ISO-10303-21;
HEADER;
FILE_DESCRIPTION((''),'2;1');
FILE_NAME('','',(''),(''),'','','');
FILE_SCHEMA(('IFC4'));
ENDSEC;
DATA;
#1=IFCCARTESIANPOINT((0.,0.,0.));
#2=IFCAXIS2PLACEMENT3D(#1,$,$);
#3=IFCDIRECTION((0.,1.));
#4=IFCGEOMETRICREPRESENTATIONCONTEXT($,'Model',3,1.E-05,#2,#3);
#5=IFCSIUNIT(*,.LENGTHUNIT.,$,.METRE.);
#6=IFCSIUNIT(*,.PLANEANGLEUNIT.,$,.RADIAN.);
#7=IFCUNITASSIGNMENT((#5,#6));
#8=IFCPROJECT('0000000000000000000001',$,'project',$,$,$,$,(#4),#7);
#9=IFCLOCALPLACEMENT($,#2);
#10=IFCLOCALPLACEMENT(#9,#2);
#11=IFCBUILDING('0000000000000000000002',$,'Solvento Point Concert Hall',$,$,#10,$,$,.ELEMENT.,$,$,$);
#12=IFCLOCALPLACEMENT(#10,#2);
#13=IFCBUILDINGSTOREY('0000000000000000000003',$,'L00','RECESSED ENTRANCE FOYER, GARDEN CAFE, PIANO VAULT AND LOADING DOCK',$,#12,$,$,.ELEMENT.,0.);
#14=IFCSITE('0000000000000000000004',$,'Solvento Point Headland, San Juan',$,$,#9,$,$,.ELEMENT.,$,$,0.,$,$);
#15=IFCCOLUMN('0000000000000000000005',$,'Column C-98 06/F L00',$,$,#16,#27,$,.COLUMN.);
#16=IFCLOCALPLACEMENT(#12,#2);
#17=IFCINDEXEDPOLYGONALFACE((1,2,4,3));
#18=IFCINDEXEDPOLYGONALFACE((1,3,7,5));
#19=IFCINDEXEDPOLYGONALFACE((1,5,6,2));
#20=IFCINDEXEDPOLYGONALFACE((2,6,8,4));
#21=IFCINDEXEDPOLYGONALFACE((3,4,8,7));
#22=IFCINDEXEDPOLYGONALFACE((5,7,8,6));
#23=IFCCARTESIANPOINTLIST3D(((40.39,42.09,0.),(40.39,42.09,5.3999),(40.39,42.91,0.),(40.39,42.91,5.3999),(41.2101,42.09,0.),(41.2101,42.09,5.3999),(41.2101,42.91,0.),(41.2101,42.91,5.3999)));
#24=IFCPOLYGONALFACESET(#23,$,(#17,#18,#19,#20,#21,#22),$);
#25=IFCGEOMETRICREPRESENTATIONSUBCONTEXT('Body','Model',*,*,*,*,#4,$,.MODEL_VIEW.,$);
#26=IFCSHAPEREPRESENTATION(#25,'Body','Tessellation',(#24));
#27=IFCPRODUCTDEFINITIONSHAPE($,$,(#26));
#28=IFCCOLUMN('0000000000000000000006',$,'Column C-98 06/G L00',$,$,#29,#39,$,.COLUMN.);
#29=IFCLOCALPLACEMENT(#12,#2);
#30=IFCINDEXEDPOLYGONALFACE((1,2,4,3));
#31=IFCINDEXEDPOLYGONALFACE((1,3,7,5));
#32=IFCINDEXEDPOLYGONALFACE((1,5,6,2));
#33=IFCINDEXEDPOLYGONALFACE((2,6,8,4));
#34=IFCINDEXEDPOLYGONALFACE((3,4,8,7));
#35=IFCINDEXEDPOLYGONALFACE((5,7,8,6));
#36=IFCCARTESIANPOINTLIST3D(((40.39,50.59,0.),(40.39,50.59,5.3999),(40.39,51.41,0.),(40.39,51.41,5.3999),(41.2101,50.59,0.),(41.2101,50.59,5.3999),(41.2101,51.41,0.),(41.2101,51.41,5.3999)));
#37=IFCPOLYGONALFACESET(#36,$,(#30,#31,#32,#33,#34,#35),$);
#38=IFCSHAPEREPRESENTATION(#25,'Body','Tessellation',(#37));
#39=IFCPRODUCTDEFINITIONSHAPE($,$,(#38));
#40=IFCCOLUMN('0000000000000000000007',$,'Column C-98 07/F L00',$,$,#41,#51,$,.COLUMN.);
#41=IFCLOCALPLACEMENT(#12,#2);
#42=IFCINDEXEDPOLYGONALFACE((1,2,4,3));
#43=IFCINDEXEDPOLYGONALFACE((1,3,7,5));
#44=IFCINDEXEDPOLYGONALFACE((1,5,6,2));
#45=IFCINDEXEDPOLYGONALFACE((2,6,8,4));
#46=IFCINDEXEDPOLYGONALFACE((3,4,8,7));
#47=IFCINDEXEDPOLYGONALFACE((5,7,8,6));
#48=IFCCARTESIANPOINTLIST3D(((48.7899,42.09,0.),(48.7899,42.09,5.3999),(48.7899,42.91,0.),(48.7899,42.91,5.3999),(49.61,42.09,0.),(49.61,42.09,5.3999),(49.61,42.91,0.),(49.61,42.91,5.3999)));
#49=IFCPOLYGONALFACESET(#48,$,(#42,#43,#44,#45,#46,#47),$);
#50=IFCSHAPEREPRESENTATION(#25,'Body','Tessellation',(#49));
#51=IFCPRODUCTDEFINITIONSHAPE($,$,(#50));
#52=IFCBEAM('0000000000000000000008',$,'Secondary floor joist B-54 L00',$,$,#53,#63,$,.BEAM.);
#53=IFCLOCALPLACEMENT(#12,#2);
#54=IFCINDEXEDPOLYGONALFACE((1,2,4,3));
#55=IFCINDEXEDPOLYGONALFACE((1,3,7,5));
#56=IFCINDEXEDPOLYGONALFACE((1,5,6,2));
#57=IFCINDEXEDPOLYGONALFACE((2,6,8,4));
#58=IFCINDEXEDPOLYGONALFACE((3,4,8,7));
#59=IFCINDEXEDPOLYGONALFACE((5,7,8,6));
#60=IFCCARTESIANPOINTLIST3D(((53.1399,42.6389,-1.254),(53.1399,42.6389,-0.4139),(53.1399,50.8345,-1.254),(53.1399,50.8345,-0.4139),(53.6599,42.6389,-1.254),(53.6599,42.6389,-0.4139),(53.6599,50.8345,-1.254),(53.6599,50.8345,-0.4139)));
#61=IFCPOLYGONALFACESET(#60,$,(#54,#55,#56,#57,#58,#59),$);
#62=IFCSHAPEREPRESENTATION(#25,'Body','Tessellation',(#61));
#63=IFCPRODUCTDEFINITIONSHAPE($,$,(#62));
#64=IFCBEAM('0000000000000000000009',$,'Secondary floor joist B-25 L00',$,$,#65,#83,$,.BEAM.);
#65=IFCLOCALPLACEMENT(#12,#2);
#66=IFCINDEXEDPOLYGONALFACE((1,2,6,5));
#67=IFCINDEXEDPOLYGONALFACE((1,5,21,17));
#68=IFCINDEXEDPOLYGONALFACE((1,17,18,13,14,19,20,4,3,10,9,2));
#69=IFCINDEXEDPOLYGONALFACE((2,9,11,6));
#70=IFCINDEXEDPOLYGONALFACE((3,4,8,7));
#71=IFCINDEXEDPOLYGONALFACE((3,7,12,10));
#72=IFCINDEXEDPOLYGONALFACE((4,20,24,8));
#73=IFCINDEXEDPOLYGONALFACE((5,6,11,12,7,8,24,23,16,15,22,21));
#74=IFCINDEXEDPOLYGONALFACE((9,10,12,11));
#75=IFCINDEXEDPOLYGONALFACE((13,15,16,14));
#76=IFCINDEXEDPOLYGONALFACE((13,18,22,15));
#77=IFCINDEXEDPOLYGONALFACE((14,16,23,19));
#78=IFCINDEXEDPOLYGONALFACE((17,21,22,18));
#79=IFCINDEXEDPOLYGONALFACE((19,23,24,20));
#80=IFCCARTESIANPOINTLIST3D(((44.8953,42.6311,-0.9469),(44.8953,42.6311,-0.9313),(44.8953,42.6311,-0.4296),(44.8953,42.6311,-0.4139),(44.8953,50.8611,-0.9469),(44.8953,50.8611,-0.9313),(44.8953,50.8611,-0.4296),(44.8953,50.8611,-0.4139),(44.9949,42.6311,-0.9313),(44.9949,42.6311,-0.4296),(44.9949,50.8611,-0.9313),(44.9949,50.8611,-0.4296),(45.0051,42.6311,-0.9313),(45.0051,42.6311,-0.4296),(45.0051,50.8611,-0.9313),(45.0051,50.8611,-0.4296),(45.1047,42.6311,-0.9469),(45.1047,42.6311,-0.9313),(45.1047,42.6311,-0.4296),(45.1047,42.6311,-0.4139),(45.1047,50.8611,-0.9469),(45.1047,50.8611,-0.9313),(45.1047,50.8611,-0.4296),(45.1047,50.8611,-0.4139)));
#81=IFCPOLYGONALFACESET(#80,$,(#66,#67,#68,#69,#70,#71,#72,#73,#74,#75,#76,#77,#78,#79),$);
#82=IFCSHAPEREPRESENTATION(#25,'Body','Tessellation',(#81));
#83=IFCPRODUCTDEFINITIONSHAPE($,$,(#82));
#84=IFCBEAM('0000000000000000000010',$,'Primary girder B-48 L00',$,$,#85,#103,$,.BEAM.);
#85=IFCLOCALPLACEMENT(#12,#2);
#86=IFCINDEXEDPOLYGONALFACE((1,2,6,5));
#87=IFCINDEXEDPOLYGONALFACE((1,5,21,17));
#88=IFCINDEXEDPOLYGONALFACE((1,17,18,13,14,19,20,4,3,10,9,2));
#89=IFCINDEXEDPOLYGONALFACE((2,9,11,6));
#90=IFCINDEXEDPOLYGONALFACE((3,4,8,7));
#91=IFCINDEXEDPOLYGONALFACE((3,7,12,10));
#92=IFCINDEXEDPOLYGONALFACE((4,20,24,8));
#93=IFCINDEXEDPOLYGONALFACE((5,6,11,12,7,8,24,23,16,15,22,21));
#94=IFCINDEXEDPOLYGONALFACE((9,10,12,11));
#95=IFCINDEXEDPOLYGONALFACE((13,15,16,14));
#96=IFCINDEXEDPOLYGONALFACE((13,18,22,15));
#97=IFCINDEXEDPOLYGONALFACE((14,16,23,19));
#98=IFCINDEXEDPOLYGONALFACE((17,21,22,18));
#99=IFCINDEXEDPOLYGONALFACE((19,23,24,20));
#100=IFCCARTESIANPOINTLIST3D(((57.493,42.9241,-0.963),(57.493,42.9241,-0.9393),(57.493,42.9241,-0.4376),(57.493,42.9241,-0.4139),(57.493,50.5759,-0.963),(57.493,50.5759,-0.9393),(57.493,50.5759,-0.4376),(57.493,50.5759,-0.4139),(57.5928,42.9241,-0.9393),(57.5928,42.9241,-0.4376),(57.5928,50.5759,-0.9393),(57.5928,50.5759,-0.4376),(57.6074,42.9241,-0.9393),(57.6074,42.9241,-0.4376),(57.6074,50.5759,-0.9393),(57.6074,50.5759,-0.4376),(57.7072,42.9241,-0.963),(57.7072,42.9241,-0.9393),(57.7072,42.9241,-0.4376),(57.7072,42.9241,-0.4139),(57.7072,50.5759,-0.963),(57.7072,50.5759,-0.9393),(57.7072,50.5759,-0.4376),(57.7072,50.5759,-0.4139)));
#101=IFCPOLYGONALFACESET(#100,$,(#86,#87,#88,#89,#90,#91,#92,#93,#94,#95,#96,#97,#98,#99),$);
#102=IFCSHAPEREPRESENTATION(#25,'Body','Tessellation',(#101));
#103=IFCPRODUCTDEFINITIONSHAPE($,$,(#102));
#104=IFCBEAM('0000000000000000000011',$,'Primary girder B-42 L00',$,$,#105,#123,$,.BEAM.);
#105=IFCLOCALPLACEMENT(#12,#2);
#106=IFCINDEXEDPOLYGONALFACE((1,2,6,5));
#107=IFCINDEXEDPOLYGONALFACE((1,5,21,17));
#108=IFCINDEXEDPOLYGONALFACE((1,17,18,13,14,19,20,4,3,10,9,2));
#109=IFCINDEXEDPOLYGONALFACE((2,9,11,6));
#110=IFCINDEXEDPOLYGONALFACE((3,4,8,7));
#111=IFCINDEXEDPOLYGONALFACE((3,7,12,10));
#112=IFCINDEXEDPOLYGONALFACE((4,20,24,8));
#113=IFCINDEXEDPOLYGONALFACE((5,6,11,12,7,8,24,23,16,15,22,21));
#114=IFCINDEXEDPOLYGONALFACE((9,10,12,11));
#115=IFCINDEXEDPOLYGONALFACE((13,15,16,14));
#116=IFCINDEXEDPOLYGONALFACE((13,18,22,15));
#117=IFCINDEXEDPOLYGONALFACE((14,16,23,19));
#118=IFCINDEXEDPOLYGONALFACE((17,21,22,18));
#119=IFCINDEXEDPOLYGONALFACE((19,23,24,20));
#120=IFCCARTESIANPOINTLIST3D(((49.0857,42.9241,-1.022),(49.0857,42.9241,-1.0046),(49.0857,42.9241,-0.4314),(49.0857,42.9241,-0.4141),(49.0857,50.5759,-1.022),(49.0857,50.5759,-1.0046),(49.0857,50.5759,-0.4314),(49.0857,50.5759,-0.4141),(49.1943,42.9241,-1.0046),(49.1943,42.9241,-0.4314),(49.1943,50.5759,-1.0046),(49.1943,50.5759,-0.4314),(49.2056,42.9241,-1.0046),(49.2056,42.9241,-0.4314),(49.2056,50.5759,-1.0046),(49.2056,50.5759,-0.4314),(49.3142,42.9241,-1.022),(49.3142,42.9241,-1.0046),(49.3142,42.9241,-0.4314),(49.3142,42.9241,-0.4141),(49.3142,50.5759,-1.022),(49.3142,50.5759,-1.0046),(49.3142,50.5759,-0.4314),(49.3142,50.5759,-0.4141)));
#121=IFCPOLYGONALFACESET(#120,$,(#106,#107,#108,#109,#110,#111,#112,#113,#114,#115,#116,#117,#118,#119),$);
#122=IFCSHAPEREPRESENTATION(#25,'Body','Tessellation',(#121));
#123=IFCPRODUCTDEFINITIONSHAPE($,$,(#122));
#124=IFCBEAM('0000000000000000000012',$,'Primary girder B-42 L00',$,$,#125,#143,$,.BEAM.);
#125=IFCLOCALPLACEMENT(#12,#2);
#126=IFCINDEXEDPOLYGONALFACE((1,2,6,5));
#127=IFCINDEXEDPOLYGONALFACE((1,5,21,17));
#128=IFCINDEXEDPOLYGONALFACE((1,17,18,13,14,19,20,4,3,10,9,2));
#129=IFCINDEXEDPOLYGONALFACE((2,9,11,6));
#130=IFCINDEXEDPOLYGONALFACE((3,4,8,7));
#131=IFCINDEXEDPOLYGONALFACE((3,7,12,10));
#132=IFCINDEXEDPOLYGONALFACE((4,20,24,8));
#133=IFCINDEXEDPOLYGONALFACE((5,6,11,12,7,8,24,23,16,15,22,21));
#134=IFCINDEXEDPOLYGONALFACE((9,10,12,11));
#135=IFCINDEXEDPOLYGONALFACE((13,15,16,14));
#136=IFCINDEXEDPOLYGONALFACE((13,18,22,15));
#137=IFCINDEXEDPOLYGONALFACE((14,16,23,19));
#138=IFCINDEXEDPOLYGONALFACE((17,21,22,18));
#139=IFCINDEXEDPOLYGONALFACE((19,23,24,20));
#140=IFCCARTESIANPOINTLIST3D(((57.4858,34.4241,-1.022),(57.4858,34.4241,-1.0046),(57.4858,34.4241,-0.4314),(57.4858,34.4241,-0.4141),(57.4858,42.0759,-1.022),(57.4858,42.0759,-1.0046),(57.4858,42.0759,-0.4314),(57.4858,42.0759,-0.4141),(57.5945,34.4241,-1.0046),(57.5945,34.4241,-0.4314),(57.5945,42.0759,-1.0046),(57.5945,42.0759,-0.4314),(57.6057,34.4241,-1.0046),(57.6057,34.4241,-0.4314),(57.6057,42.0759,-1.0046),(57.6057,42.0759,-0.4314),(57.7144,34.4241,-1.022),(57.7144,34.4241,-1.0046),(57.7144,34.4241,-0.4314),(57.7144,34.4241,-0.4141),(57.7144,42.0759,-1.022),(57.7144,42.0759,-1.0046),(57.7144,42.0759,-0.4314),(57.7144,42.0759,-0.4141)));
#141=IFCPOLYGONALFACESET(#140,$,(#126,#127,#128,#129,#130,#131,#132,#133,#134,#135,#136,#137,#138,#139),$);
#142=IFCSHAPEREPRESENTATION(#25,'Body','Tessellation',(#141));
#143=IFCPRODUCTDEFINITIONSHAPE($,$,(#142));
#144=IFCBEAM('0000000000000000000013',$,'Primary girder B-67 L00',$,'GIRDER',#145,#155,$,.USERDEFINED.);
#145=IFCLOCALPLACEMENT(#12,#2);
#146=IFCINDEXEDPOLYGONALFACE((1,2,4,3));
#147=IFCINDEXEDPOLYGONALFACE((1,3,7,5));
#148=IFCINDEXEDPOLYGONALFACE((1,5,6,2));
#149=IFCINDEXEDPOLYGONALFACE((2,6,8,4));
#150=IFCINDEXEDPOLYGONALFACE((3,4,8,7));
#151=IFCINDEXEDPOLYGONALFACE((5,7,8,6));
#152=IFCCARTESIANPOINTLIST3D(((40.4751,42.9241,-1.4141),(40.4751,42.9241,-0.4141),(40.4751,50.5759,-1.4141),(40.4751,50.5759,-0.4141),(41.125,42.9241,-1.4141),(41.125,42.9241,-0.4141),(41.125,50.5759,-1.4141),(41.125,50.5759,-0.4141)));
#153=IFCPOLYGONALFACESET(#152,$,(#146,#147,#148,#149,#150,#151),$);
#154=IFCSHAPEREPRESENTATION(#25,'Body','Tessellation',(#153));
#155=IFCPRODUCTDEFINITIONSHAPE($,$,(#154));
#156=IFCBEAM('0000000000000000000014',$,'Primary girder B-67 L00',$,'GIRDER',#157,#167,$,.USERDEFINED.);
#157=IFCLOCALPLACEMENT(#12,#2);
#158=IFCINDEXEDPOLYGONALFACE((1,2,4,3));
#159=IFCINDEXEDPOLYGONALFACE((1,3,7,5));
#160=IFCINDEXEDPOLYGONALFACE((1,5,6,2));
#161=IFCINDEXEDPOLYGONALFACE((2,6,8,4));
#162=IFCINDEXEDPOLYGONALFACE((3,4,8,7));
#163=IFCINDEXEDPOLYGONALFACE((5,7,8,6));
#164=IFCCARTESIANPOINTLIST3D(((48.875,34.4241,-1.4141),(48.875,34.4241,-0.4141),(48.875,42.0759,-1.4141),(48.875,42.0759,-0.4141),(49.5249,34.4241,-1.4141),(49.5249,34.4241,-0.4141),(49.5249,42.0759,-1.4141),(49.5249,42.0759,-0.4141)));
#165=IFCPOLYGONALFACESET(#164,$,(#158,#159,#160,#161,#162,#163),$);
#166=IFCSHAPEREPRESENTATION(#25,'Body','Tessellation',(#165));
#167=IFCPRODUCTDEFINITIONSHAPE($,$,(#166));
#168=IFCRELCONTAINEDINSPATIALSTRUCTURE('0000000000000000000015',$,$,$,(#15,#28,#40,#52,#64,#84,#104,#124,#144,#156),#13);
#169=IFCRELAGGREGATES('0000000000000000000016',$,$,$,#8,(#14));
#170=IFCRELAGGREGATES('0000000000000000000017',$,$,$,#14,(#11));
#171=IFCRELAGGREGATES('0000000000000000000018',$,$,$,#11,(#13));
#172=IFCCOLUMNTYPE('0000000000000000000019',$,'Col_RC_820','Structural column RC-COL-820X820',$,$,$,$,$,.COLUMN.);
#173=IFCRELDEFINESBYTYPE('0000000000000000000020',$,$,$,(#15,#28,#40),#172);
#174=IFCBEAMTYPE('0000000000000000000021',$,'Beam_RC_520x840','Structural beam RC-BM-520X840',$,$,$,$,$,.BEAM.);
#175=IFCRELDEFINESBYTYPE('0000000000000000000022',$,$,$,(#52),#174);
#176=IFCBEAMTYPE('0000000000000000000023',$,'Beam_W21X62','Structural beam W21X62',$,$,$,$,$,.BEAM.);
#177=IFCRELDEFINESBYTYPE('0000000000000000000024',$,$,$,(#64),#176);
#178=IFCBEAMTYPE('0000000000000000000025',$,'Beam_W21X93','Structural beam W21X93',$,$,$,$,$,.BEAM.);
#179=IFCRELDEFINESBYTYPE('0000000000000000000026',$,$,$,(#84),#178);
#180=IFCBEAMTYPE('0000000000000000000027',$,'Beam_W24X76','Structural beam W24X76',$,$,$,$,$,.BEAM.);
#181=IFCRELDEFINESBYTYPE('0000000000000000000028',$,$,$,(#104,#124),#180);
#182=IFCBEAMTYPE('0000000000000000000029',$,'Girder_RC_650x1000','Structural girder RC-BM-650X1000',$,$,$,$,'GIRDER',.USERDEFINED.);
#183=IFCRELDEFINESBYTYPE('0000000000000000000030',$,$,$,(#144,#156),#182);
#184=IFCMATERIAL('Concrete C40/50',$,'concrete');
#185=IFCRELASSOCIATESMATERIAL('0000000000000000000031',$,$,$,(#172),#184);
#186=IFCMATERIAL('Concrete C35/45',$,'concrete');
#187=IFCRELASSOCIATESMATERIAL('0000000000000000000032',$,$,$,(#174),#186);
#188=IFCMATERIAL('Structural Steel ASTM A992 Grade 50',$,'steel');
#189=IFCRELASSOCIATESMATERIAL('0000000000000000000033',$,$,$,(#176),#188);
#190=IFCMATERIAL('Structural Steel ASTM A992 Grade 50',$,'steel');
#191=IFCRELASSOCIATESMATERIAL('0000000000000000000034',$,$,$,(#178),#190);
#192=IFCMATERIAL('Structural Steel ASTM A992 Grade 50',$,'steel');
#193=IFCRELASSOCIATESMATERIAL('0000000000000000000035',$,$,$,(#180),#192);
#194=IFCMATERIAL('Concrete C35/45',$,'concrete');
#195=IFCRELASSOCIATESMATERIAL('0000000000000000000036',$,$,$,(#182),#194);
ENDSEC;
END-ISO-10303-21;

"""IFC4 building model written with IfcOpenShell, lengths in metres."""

from ifc_helpers import new_model, si_unit, direction, frame, origin, origin_2d, place, context, subcontext, project, spatial, rectangle, i_section, extrude, material, material_profile, profile_set, type_object, element, save


model = new_model("IFC4")

# Units and contexts
model_context = context("Model", 3, precision=1e-05, world=origin(), true_north=direction((0.0, 1.0)))
body_context = subcontext(model_context, "Body", "Model", "MODEL_VIEW")
ifc_project = project(units=[si_unit("LENGTHUNIT", "METRE"), si_unit("PLANEANGLEUNIT", "RADIAN")], contexts=[model_context])

# Site, building, storey
site_placement = place(None, origin())
site = spatial("IfcSite", under=ifc_project, at=site_placement, Name="Solvento Point Headland, San Juan", CompositionType="ELEMENT", RefElevation=0.0)
building_placement = place(site_placement, origin())
building = spatial("IfcBuilding", under=site, at=building_placement, Name="Solvento Point Concert Hall", CompositionType="ELEMENT")
storey_placement = place(building_placement, origin())
storey = spatial("IfcBuildingStorey", under=building, at=storey_placement, Name="L00", Description="RECESSED ENTRANCE FOYER, GARDEN CAFE, PIANO VAULT AND LOADING DOCK", CompositionType="ELEMENT", Elevation=0.0)

# Columns
ifc_material_1 = material(Name="Concrete C40/50", Category="concrete")
ifc_material_profile_1 = material_profile(ifc_material_1, rectangle(XDim=0.8201, YDim=0.8201, at=origin_2d()), Name="RC-COL-820X820")
ifc_profile_set_1 = profile_set([ifc_material_profile_1], Name="Concrete C40/50")
column_type = type_object("IfcColumnType", Name="Col_RC_820", Description="Structural column RC-COL-820X820", PredefinedType="COLUMN", material=ifc_profile_set_1)
for number, where, z_axis, x_axis, name in (
    (1, (40.8, 42.5, 0.0), (0.0, 0.0, 1.0), (1.0, 0.0, 0.0), "Column C-98 06/F L00"),
    (2, (40.8, 51.0, 0.0), (0.0, 0.0, 1.0), (1.0, 0.0, 0.0), "Column C-98 06/G L00"),
    (3, (49.2, 42.5, 0.0), (0.0, 0.0, 1.0), (1.0, 0.0, 0.0), "Column C-98 07/F L00"),
):
    element("IfcColumn", number, at=place(storey_placement, frame(where, z_axis=z_axis, x_axis=x_axis)), inside=storey, type_object=column_type, Name=name, PredefinedType="COLUMN", context=body_context, shape_type="SweptSolid", body=[
        extrude(rectangle(XDim=0.8201, YDim=0.8201, at=origin_2d()), origin(), (0.0, 0.0, 1.0), 5.3999),
    ])

# Beams
ifc_material_2 = material(Name="Concrete C35/45", Category="concrete")
ifc_material_profile_2 = material_profile(ifc_material_2, rectangle(XDim=0.52, YDim=0.8401, at=origin_2d()), Name="RC-BM-520X840")
ifc_profile_set_2 = profile_set([ifc_material_profile_2], Name="Concrete C35/45")
beam_type_1 = type_object("IfcBeamType", Name="Beam_RC_520x840", Description="Structural beam RC-BM-520X840", PredefinedType="BEAM", material=ifc_profile_set_2)
beam_1_placement = place(storey_placement, frame((53.3999, 42.6389, -0.834), z_axis=(0.0, 1.0, 0.0), x_axis=(-1.0, 0.0, 0.0)))
element("IfcBeam", 4, at=beam_1_placement, inside=storey, type_object=beam_type_1, Name="Secondary floor joist B-54 L00", PredefinedType="BEAM", context=body_context, shape_type="SweptSolid", body=[
    extrude(rectangle(XDim=0.52, YDim=0.8401, at=origin_2d()), origin(), (0.0, 0.0, 1.0), 8.1956),
])
ifc_material_3 = material(Name="Structural Steel ASTM A992 Grade 50", Category="steel")
ifc_material_profile_3 = material_profile(ifc_material_3, i_section(OverallWidth=0.2095, OverallDepth=0.533, WebThickness=0.0103, FlangeThickness=0.0156, at=origin_2d()), Name="W21X62")
ifc_profile_set_3 = profile_set([ifc_material_profile_3], Name="Structural Steel ASTM A992 Grade 50")
beam_type_2 = type_object("IfcBeamType", Name="Beam_W21X62", Description="Structural beam W21X62", PredefinedType="BEAM", material=ifc_profile_set_3)
beam_2_placement = place(storey_placement, frame((45.0, 42.6311, -0.6804), z_axis=(0.0, 1.0, 0.0), x_axis=(-1.0, 0.0, 0.0)))
element("IfcBeam", 5, at=beam_2_placement, inside=storey, type_object=beam_type_2, Name="Secondary floor joist B-25 L00", PredefinedType="BEAM", context=body_context, shape_type="SweptSolid", body=[
    extrude(i_section(OverallWidth=0.2095, OverallDepth=0.533, WebThickness=0.0103, FlangeThickness=0.0156, at=origin_2d()), origin(), (0.0, 0.0, 1.0), 8.23),
])
ifc_material_4 = material(Name="Structural Steel ASTM A992 Grade 50", Category="steel")
ifc_material_profile_4 = material_profile(ifc_material_4, i_section(OverallWidth=0.2141, OverallDepth=0.5491, WebThickness=0.0146, FlangeThickness=0.0237, at=origin_2d()), Name="W21X93")
ifc_profile_set_4 = profile_set([ifc_material_profile_4], Name="Structural Steel ASTM A992 Grade 50")
beam_type_3 = type_object("IfcBeamType", Name="Beam_W21X93", Description="Structural beam W21X93", PredefinedType="BEAM", material=ifc_profile_set_4)
beam_3_placement = place(storey_placement, frame((57.6001, 42.9241, -0.6885), z_axis=(0.0, 1.0, 0.0), x_axis=(-1.0, 0.0, 0.0)))
element("IfcBeam", 6, at=beam_3_placement, inside=storey, type_object=beam_type_3, Name="Primary girder B-48 L00", PredefinedType="BEAM", context=body_context, shape_type="SweptSolid", body=[
    extrude(i_section(OverallWidth=0.2141, OverallDepth=0.5491, WebThickness=0.0146, FlangeThickness=0.0237, at=origin_2d()), origin(), (0.0, 0.0, 1.0), 7.6519),
])
ifc_material_5 = material(Name="Structural Steel ASTM A992 Grade 50", Category="steel")
ifc_material_profile_5 = material_profile(ifc_material_5, i_section(OverallWidth=0.2285, OverallDepth=0.6079, WebThickness=0.0112, FlangeThickness=0.0173, at=origin_2d()), Name="W24X76")
ifc_profile_set_5 = profile_set([ifc_material_profile_5], Name="Structural Steel ASTM A992 Grade 50")
beam_type_4 = type_object("IfcBeamType", Name="Beam_W24X76", Description="Structural beam W24X76", PredefinedType="BEAM", material=ifc_profile_set_5)
for number, where, z_axis, x_axis, name in (
    (7, (49.2, 42.9241, -0.718), (0.0, 1.0, 0.0), (-1.0, 0.0, 0.0), "Primary girder B-42 L00"),
    (8, (57.6001, 34.4241, -0.718), (0.0, 1.0, 0.0), (-1.0, 0.0, 0.0), "Primary girder B-42 L00"),
):
    element("IfcBeam", number, at=place(storey_placement, frame(where, z_axis=z_axis, x_axis=x_axis)), inside=storey, type_object=beam_type_4, Name=name, PredefinedType="BEAM", context=body_context, shape_type="SweptSolid", body=[
        extrude(i_section(OverallWidth=0.2285, OverallDepth=0.6079, WebThickness=0.0112, FlangeThickness=0.0173, at=origin_2d()), origin(), (0.0, 0.0, 1.0), 7.6519),
    ])
ifc_material_6 = material(Name="Concrete C35/45", Category="concrete")
ifc_material_profile_6 = material_profile(ifc_material_6, rectangle(XDim=0.6499, YDim=1.0, at=origin_2d()), Name="RC-BM-650X1000")
ifc_profile_set_6 = profile_set([ifc_material_profile_6], Name="Concrete C35/45")
beam_type_5 = type_object("IfcBeamType", Name="Girder_RC_650x1000", Description="Structural girder RC-BM-650X1000", ElementType="GIRDER", PredefinedType="USERDEFINED", material=ifc_profile_set_6)
for number, where, z_axis, x_axis, name in (
    (9, (40.8, 42.9241, -0.9141), (0.0, 1.0, 0.0), (-1.0, 0.0, 0.0), "Primary girder B-67 L00"),
    (10, (49.2, 34.4241, -0.9141), (0.0, 1.0, 0.0), (-1.0, 0.0, 0.0), "Primary girder B-67 L00"),
):
    element("IfcBeam", number, at=place(storey_placement, frame(where, z_axis=z_axis, x_axis=x_axis)), inside=storey, type_object=beam_type_5, Name=name, ObjectType="GIRDER", PredefinedType="USERDEFINED", context=body_context, shape_type="SweptSolid", body=[
        extrude(rectangle(XDim=0.6499, YDim=1.0, at=origin_2d()), origin(), (0.0, 0.0, 1.0), 7.6519),
    ])

save(model, "model.ifc")
